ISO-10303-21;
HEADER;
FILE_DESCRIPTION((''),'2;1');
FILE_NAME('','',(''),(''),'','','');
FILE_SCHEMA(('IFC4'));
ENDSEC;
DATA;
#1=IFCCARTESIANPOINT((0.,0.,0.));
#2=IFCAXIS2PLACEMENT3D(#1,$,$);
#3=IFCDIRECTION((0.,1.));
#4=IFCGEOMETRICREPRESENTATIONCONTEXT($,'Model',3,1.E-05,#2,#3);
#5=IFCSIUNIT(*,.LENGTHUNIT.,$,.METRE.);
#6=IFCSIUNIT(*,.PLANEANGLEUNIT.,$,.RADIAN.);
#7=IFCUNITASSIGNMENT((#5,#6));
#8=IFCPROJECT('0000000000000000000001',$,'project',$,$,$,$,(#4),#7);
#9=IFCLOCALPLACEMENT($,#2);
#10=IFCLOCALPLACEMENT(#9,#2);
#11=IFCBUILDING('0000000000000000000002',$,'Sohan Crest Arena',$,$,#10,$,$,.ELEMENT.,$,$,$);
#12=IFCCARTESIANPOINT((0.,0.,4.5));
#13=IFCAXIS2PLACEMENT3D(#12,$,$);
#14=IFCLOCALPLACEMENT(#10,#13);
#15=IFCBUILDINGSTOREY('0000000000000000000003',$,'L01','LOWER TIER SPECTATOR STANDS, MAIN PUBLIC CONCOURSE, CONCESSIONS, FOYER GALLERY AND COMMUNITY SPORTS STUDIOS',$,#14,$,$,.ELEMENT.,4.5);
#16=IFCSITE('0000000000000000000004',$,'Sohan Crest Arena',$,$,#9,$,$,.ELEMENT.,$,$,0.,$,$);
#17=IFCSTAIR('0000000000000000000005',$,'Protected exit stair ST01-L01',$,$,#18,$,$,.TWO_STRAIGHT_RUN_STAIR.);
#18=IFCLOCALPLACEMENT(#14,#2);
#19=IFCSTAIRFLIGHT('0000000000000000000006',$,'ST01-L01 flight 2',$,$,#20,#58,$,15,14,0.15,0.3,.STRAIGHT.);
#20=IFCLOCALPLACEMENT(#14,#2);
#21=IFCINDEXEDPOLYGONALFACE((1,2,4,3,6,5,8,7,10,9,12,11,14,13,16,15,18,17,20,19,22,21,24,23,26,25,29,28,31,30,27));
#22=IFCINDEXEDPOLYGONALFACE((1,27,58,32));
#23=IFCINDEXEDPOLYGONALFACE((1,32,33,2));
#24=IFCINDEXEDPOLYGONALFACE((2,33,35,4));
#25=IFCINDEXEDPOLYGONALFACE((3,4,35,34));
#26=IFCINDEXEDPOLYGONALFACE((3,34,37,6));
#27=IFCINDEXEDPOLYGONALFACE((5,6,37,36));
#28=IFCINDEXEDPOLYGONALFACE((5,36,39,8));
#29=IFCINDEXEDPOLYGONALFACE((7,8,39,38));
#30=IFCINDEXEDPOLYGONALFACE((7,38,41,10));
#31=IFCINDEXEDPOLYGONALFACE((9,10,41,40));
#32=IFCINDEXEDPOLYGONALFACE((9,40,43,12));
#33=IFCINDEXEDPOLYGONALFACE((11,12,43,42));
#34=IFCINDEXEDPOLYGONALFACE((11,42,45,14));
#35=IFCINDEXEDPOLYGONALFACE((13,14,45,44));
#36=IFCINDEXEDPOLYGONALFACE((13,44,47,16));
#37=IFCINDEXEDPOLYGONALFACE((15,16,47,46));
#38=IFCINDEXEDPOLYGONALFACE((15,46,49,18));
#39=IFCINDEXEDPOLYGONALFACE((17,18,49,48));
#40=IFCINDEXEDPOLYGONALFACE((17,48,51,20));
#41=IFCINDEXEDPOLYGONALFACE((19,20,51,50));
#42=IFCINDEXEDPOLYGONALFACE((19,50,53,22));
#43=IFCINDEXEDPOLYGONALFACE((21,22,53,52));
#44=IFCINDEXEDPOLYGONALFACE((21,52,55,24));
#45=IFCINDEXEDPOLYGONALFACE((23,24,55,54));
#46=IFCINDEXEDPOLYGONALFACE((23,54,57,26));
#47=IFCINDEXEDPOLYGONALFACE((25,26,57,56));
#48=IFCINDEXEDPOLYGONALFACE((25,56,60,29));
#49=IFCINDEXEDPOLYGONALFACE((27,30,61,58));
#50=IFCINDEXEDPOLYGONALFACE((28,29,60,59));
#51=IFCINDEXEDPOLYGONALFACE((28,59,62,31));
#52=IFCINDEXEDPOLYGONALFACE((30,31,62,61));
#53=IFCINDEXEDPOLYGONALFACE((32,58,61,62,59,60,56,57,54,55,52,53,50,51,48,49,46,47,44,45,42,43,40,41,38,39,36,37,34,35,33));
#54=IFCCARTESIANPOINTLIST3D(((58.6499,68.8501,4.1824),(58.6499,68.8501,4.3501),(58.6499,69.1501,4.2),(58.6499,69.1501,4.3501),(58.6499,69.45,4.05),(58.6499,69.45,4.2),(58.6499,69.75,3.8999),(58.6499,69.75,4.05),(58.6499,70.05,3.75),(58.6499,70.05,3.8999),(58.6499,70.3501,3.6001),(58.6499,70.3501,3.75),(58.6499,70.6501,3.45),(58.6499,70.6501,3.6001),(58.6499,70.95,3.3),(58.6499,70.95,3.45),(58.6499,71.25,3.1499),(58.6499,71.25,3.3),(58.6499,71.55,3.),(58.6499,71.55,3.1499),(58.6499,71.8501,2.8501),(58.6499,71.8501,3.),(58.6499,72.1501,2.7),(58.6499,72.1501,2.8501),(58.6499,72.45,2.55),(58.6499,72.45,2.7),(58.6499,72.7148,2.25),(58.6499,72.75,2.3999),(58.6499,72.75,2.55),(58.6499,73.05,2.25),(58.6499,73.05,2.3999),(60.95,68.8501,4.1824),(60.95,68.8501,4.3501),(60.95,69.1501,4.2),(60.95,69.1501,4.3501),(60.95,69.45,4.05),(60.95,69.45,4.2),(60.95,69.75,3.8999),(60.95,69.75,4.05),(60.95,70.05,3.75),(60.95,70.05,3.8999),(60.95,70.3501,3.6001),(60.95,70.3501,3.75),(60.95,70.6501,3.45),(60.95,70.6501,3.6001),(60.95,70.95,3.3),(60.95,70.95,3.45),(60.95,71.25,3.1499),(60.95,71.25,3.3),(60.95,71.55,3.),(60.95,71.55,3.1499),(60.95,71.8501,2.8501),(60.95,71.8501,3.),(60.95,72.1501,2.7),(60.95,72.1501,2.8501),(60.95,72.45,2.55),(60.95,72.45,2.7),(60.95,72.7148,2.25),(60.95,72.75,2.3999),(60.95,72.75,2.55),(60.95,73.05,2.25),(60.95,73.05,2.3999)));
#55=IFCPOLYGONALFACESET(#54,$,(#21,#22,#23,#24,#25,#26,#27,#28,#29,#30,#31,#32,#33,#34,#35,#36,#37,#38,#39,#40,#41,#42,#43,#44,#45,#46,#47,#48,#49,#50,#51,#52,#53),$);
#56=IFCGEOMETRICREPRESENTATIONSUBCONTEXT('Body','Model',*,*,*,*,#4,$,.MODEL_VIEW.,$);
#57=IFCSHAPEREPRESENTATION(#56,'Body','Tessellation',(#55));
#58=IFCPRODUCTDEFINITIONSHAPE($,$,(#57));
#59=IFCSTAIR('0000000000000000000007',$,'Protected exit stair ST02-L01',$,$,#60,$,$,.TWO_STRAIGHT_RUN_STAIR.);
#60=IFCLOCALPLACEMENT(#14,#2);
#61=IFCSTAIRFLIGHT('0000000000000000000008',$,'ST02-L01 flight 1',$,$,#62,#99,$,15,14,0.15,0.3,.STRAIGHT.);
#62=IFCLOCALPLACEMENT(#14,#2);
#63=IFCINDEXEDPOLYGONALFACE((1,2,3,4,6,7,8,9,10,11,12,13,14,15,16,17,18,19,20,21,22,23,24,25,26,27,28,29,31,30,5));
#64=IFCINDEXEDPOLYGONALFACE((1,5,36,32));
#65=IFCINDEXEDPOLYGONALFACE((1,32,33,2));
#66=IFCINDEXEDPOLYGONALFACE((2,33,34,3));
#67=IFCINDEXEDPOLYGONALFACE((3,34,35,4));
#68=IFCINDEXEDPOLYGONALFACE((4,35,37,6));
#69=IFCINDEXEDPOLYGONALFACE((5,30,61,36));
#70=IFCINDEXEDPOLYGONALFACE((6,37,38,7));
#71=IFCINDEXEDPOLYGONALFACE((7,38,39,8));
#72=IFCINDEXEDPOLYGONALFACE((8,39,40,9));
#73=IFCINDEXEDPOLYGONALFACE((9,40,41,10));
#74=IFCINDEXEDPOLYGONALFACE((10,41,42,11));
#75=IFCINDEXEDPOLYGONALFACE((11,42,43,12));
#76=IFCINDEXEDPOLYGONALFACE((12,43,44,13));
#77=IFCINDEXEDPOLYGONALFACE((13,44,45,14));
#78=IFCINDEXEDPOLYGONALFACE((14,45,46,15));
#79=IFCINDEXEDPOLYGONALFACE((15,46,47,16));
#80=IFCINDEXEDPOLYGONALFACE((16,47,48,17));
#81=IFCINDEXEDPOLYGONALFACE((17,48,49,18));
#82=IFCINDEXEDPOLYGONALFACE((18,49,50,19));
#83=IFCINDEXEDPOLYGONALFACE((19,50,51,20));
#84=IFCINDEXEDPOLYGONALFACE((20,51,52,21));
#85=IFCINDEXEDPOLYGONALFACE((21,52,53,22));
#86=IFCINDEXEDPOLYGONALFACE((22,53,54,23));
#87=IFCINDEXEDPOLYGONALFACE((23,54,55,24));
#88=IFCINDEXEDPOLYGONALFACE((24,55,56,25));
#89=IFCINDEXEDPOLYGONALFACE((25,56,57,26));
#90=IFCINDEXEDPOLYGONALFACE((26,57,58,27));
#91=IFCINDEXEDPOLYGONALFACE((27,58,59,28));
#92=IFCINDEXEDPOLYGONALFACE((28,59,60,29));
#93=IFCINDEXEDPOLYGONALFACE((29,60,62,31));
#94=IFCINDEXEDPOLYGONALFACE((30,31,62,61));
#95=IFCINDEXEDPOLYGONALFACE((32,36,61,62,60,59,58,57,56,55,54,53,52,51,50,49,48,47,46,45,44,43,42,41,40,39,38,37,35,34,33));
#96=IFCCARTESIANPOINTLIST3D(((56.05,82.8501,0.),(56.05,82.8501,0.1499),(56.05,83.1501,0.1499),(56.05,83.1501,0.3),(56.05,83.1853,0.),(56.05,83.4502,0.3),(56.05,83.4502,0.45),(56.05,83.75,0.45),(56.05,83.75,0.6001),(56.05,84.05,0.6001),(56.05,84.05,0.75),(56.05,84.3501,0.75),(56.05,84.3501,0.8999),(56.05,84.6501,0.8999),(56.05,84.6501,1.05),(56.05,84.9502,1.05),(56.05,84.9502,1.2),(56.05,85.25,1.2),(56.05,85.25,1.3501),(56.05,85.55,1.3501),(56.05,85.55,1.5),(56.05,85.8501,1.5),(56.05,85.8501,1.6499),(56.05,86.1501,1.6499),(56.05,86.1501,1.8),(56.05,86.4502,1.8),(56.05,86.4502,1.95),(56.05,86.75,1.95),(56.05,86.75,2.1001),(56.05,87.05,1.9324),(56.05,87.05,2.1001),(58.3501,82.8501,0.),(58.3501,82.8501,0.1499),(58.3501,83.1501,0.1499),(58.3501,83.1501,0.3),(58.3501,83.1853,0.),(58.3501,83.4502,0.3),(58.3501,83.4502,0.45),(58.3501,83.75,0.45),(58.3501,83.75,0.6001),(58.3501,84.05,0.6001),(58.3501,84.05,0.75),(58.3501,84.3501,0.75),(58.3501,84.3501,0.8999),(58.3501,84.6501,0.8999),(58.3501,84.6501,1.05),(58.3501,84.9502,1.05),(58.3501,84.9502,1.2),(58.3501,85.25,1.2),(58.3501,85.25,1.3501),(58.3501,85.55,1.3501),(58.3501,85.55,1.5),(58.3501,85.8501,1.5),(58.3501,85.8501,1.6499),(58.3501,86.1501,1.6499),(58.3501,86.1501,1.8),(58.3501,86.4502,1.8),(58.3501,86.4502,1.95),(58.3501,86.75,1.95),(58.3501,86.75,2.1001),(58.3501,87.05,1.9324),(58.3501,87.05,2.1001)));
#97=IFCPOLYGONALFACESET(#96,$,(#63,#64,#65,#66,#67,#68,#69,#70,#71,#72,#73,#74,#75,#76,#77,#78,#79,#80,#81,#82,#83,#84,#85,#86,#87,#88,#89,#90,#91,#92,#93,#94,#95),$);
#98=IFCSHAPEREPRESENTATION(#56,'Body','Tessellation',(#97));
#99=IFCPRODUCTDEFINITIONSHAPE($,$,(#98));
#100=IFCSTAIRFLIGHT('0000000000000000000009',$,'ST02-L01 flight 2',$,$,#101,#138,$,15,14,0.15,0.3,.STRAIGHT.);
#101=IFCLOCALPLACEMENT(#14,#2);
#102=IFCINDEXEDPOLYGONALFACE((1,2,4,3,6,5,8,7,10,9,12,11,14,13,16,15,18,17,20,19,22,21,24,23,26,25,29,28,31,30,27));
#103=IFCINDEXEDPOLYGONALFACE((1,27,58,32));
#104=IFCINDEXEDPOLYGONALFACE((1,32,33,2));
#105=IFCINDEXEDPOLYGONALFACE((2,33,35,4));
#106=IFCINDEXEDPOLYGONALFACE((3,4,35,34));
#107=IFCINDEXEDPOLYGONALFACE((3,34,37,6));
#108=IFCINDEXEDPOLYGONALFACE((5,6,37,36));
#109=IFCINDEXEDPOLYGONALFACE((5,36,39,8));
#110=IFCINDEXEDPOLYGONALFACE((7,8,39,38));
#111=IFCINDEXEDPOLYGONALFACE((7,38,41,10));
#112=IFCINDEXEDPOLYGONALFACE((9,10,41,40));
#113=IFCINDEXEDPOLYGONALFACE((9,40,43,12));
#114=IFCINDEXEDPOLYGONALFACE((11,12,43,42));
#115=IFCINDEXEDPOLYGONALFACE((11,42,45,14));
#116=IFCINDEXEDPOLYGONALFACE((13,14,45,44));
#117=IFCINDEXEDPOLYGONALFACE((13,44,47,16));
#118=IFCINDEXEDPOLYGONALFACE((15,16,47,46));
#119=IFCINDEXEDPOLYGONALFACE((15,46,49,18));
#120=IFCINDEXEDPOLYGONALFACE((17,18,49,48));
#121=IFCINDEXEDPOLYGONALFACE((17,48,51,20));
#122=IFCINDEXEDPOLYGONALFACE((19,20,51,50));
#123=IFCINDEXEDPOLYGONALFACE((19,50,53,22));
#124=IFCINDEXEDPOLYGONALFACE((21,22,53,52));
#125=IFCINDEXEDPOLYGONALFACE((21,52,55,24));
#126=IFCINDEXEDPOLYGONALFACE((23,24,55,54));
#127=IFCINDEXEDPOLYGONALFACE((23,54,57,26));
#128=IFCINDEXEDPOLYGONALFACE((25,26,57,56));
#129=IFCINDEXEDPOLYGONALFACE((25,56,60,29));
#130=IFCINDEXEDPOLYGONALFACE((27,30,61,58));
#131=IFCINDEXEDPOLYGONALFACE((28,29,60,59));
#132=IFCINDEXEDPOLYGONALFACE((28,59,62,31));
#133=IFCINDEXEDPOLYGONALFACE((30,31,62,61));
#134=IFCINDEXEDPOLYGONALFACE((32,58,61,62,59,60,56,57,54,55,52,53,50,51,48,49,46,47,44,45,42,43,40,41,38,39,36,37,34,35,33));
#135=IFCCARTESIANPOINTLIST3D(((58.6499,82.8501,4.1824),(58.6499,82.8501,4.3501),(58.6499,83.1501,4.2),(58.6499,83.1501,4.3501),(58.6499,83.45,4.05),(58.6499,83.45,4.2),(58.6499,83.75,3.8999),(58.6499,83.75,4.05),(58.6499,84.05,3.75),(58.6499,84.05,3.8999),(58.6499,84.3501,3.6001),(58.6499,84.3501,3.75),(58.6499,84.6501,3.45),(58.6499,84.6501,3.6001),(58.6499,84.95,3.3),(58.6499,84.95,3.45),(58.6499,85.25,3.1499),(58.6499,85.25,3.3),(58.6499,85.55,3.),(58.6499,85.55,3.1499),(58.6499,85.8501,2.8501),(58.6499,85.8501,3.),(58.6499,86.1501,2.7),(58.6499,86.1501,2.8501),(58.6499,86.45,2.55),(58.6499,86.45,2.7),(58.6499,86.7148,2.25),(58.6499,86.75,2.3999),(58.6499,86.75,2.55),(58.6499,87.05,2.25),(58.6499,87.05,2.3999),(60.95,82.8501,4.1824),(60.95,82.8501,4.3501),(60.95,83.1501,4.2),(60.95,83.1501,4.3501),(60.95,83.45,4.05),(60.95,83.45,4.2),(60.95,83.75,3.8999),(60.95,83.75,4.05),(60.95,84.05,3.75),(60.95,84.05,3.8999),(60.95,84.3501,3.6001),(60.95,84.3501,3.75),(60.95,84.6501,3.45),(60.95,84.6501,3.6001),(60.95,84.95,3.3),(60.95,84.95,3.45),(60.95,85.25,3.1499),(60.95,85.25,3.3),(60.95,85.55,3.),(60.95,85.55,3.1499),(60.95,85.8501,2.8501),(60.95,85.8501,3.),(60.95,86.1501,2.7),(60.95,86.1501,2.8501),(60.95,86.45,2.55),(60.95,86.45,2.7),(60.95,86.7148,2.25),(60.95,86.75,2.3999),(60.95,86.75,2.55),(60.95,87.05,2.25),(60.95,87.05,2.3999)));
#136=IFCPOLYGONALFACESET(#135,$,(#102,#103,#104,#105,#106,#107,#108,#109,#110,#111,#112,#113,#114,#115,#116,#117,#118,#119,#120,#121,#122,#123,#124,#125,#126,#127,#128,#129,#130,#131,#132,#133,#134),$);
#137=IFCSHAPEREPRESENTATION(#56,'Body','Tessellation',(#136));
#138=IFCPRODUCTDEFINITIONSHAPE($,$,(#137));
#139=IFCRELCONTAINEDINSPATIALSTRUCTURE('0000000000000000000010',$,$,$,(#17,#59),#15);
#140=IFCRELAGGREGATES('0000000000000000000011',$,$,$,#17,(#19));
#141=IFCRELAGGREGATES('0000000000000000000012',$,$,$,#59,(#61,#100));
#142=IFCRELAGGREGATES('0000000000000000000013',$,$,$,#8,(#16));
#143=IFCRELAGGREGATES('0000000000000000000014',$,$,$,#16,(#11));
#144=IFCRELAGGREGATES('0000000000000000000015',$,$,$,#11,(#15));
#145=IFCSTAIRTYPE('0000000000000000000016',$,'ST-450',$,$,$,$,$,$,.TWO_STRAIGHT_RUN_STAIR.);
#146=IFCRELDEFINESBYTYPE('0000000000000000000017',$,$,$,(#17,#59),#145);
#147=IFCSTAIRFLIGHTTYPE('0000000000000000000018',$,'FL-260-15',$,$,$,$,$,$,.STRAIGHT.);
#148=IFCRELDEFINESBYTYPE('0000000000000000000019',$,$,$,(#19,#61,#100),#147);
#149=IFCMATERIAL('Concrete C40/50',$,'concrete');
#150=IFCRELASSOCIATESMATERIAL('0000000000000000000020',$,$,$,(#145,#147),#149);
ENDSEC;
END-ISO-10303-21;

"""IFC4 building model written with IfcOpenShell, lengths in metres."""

from ifc_helpers import new_model, si_unit, direction, frame, origin, place, context, subcontext, project, spatial, polyline, outline, extrude, material, type_object, element, aggregate, save


model = new_model("IFC4")

# Units and contexts
model_context = context("Model", 3, precision=1e-05, world=origin(), true_north=direction((0.0, 1.0)))
body_context = subcontext(model_context, "Body", "Model", "MODEL_VIEW")
ifc_project = project(units=[si_unit("LENGTHUNIT", "METRE"), si_unit("PLANEANGLEUNIT", "RADIAN")], contexts=[model_context])

# Site, building, storey
site_placement = place(None, origin())
site = spatial("IfcSite", under=ifc_project, at=site_placement, Name="Sohan Crest Arena", CompositionType="ELEMENT", RefElevation=0.0)
building_placement = place(site_placement, origin())
building = spatial("IfcBuilding", under=site, at=building_placement, Name="Sohan Crest Arena", CompositionType="ELEMENT")
storey_placement = place(building_placement, frame((0.0, 0.0, 4.5)))
storey = spatial("IfcBuildingStorey", under=building, at=storey_placement, Name="L01", Description="LOWER TIER SPECTATOR STANDS, MAIN PUBLIC CONCOURSE, CONCESSIONS, FOYER GALLERY AND COMMUNITY SPORTS STUDIOS", CompositionType="ELEMENT", Elevation=4.5)

# Shared definitions
ifc_material_1 = material(Name="Concrete C40/50", Category="concrete")

# Stair, stair flight
stair_type = type_object("IfcStairType", Name="ST-450", PredefinedType="TWO_STRAIGHT_RUN_STAIR", material=ifc_material_1)
stair_1_placement = place(storey_placement, origin())
stair_1 = element("IfcStair", 1, at=stair_1_placement, inside=storey, type_object=stair_type, Name="Protected exit stair ST01-L01", PredefinedType="TWO_STRAIGHT_RUN_STAIR")
stair_flight_type = type_object("IfcStairFlightType", Name="FL-260-15", PredefinedType="STRAIGHT", material=ifc_material_1)
stair_flight_1_placement = place(storey_placement, frame((59.8, 73.05, 2.25), z_axis=(0.0, 0.0, 1.0), x_axis=(0.0, -1.0, 0.0)))
stair_flight_1 = element("IfcStairFlight", 2, at=stair_flight_1_placement, type_object=stair_flight_type, Name="ST01-L01 flight 2", NumberOfRisers=15, NumberOfTreads=14, PredefinedType="STRAIGHT", RiserHeight=0.15, TreadLength=0.3, context=body_context, shape_type="SweptSolid", body=[
    extrude(outline(polyline([(0.0, 0.0), (0.0, 0.1499), (0.3, 0.1499), (0.3, 0.3), (0.6001, 0.3), (0.6001, 0.45), (0.8999, 0.45), (0.8999, 0.6001), (1.2, 0.6001), (1.2, 0.75), (1.5, 0.75), (1.5, 0.8999), (1.8, 0.8999), (1.8, 1.05), (2.1001, 1.05), (2.1001, 1.2), (2.3999, 1.2), (2.3999, 1.3501), (2.7, 1.3501), (2.7, 1.5), (3.0, 1.5), (3.0, 1.6499), (3.3, 1.6499), (3.3, 1.8), (3.6001, 1.8), (3.6001, 1.95), (3.8999, 1.95), (3.8999, 2.1001), (4.2, 2.1001), (4.2, 2.25), (4.2, 1.9324), (0.3352, 0.0), (0.0, 0.0)])), frame((0.0, 1.1499, 0.0), z_axis=(0.0, -1.0, 0.0), x_axis=(1.0, 0.0, 0.0)), (0.0, 0.0, 1.0), 2.3),
])
aggregate(stair_1, [stair_flight_1])

# Stair, stair flights
stair_2_placement = place(storey_placement, origin())
stair_2 = element("IfcStair", 3, at=stair_2_placement, inside=storey, type_object=stair_type, Name="Protected exit stair ST02-L01", PredefinedType="TWO_STRAIGHT_RUN_STAIR")
stair_flight_2_placement = place(storey_placement, frame((57.2, 82.8501, 0.0), z_axis=(0.0, 0.0, 1.0), x_axis=(0.0, 1.0, 0.0)))
stair_flight_2 = element("IfcStairFlight", 4, at=stair_flight_2_placement, type_object=stair_flight_type, Name="ST02-L01 flight 1", NumberOfRisers=15, NumberOfTreads=14, PredefinedType="STRAIGHT", RiserHeight=0.15, TreadLength=0.3, context=body_context, shape_type="SweptSolid", body=[
    extrude(outline(polyline([(0.0, 0.0), (0.0, 0.1499), (0.3, 0.1499), (0.3, 0.3), (0.6001, 0.3), (0.6001, 0.45), (0.8999, 0.45), (0.8999, 0.6001), (1.2, 0.6001), (1.2, 0.75), (1.5, 0.75), (1.5, 0.8999), (1.8, 0.8999), (1.8, 1.05), (2.1001, 1.05), (2.1001, 1.2), (2.3999, 1.2), (2.3999, 1.3501), (2.7, 1.3501), (2.7, 1.5), (3.0, 1.5), (3.0, 1.6499), (3.3, 1.6499), (3.3, 1.8), (3.6001, 1.8), (3.6001, 1.95), (3.8999, 1.95), (3.8999, 2.1001), (4.2, 2.1001), (4.2, 2.25), (4.2, 1.9324), (0.3352, 0.0), (0.0, 0.0)])), frame((0.0, 1.1499, 0.0), z_axis=(0.0, -1.0, 0.0), x_axis=(1.0, 0.0, 0.0)), (0.0, 0.0, 1.0), 2.3),
])
stair_flight_3_placement = place(storey_placement, frame((59.8, 87.05, 2.25), z_axis=(0.0, 0.0, 1.0), x_axis=(0.0, -1.0, 0.0)))
stair_flight_3 = element("IfcStairFlight", 5, at=stair_flight_3_placement, type_object=stair_flight_type, Name="ST02-L01 flight 2", NumberOfRisers=15, NumberOfTreads=14, PredefinedType="STRAIGHT", RiserHeight=0.15, TreadLength=0.3, context=body_context, shape_type="SweptSolid", body=[
    extrude(outline(polyline([(0.0, 0.0), (0.0, 0.1499), (0.3, 0.1499), (0.3, 0.3), (0.6001, 0.3), (0.6001, 0.45), (0.8999, 0.45), (0.8999, 0.6001), (1.2, 0.6001), (1.2, 0.75), (1.5, 0.75), (1.5, 0.8999), (1.8, 0.8999), (1.8, 1.05), (2.1001, 1.05), (2.1001, 1.2), (2.3999, 1.2), (2.3999, 1.3501), (2.7, 1.3501), (2.7, 1.5), (3.0, 1.5), (3.0, 1.6499), (3.3, 1.6499), (3.3, 1.8), (3.6001, 1.8), (3.6001, 1.95), (3.8999, 1.95), (3.8999, 2.1001), (4.2, 2.1001), (4.2, 2.25), (4.2, 1.9324), (0.3352, 0.0), (0.0, 0.0)])), frame((0.0, 1.1499, 0.0), z_axis=(0.0, -1.0, 0.0), x_axis=(1.0, 0.0, 0.0)), (0.0, 0.0, 1.0), 2.3),
])
aggregate(stair_2, [stair_flight_2, stair_flight_3])

save(model, "model.ifc")
